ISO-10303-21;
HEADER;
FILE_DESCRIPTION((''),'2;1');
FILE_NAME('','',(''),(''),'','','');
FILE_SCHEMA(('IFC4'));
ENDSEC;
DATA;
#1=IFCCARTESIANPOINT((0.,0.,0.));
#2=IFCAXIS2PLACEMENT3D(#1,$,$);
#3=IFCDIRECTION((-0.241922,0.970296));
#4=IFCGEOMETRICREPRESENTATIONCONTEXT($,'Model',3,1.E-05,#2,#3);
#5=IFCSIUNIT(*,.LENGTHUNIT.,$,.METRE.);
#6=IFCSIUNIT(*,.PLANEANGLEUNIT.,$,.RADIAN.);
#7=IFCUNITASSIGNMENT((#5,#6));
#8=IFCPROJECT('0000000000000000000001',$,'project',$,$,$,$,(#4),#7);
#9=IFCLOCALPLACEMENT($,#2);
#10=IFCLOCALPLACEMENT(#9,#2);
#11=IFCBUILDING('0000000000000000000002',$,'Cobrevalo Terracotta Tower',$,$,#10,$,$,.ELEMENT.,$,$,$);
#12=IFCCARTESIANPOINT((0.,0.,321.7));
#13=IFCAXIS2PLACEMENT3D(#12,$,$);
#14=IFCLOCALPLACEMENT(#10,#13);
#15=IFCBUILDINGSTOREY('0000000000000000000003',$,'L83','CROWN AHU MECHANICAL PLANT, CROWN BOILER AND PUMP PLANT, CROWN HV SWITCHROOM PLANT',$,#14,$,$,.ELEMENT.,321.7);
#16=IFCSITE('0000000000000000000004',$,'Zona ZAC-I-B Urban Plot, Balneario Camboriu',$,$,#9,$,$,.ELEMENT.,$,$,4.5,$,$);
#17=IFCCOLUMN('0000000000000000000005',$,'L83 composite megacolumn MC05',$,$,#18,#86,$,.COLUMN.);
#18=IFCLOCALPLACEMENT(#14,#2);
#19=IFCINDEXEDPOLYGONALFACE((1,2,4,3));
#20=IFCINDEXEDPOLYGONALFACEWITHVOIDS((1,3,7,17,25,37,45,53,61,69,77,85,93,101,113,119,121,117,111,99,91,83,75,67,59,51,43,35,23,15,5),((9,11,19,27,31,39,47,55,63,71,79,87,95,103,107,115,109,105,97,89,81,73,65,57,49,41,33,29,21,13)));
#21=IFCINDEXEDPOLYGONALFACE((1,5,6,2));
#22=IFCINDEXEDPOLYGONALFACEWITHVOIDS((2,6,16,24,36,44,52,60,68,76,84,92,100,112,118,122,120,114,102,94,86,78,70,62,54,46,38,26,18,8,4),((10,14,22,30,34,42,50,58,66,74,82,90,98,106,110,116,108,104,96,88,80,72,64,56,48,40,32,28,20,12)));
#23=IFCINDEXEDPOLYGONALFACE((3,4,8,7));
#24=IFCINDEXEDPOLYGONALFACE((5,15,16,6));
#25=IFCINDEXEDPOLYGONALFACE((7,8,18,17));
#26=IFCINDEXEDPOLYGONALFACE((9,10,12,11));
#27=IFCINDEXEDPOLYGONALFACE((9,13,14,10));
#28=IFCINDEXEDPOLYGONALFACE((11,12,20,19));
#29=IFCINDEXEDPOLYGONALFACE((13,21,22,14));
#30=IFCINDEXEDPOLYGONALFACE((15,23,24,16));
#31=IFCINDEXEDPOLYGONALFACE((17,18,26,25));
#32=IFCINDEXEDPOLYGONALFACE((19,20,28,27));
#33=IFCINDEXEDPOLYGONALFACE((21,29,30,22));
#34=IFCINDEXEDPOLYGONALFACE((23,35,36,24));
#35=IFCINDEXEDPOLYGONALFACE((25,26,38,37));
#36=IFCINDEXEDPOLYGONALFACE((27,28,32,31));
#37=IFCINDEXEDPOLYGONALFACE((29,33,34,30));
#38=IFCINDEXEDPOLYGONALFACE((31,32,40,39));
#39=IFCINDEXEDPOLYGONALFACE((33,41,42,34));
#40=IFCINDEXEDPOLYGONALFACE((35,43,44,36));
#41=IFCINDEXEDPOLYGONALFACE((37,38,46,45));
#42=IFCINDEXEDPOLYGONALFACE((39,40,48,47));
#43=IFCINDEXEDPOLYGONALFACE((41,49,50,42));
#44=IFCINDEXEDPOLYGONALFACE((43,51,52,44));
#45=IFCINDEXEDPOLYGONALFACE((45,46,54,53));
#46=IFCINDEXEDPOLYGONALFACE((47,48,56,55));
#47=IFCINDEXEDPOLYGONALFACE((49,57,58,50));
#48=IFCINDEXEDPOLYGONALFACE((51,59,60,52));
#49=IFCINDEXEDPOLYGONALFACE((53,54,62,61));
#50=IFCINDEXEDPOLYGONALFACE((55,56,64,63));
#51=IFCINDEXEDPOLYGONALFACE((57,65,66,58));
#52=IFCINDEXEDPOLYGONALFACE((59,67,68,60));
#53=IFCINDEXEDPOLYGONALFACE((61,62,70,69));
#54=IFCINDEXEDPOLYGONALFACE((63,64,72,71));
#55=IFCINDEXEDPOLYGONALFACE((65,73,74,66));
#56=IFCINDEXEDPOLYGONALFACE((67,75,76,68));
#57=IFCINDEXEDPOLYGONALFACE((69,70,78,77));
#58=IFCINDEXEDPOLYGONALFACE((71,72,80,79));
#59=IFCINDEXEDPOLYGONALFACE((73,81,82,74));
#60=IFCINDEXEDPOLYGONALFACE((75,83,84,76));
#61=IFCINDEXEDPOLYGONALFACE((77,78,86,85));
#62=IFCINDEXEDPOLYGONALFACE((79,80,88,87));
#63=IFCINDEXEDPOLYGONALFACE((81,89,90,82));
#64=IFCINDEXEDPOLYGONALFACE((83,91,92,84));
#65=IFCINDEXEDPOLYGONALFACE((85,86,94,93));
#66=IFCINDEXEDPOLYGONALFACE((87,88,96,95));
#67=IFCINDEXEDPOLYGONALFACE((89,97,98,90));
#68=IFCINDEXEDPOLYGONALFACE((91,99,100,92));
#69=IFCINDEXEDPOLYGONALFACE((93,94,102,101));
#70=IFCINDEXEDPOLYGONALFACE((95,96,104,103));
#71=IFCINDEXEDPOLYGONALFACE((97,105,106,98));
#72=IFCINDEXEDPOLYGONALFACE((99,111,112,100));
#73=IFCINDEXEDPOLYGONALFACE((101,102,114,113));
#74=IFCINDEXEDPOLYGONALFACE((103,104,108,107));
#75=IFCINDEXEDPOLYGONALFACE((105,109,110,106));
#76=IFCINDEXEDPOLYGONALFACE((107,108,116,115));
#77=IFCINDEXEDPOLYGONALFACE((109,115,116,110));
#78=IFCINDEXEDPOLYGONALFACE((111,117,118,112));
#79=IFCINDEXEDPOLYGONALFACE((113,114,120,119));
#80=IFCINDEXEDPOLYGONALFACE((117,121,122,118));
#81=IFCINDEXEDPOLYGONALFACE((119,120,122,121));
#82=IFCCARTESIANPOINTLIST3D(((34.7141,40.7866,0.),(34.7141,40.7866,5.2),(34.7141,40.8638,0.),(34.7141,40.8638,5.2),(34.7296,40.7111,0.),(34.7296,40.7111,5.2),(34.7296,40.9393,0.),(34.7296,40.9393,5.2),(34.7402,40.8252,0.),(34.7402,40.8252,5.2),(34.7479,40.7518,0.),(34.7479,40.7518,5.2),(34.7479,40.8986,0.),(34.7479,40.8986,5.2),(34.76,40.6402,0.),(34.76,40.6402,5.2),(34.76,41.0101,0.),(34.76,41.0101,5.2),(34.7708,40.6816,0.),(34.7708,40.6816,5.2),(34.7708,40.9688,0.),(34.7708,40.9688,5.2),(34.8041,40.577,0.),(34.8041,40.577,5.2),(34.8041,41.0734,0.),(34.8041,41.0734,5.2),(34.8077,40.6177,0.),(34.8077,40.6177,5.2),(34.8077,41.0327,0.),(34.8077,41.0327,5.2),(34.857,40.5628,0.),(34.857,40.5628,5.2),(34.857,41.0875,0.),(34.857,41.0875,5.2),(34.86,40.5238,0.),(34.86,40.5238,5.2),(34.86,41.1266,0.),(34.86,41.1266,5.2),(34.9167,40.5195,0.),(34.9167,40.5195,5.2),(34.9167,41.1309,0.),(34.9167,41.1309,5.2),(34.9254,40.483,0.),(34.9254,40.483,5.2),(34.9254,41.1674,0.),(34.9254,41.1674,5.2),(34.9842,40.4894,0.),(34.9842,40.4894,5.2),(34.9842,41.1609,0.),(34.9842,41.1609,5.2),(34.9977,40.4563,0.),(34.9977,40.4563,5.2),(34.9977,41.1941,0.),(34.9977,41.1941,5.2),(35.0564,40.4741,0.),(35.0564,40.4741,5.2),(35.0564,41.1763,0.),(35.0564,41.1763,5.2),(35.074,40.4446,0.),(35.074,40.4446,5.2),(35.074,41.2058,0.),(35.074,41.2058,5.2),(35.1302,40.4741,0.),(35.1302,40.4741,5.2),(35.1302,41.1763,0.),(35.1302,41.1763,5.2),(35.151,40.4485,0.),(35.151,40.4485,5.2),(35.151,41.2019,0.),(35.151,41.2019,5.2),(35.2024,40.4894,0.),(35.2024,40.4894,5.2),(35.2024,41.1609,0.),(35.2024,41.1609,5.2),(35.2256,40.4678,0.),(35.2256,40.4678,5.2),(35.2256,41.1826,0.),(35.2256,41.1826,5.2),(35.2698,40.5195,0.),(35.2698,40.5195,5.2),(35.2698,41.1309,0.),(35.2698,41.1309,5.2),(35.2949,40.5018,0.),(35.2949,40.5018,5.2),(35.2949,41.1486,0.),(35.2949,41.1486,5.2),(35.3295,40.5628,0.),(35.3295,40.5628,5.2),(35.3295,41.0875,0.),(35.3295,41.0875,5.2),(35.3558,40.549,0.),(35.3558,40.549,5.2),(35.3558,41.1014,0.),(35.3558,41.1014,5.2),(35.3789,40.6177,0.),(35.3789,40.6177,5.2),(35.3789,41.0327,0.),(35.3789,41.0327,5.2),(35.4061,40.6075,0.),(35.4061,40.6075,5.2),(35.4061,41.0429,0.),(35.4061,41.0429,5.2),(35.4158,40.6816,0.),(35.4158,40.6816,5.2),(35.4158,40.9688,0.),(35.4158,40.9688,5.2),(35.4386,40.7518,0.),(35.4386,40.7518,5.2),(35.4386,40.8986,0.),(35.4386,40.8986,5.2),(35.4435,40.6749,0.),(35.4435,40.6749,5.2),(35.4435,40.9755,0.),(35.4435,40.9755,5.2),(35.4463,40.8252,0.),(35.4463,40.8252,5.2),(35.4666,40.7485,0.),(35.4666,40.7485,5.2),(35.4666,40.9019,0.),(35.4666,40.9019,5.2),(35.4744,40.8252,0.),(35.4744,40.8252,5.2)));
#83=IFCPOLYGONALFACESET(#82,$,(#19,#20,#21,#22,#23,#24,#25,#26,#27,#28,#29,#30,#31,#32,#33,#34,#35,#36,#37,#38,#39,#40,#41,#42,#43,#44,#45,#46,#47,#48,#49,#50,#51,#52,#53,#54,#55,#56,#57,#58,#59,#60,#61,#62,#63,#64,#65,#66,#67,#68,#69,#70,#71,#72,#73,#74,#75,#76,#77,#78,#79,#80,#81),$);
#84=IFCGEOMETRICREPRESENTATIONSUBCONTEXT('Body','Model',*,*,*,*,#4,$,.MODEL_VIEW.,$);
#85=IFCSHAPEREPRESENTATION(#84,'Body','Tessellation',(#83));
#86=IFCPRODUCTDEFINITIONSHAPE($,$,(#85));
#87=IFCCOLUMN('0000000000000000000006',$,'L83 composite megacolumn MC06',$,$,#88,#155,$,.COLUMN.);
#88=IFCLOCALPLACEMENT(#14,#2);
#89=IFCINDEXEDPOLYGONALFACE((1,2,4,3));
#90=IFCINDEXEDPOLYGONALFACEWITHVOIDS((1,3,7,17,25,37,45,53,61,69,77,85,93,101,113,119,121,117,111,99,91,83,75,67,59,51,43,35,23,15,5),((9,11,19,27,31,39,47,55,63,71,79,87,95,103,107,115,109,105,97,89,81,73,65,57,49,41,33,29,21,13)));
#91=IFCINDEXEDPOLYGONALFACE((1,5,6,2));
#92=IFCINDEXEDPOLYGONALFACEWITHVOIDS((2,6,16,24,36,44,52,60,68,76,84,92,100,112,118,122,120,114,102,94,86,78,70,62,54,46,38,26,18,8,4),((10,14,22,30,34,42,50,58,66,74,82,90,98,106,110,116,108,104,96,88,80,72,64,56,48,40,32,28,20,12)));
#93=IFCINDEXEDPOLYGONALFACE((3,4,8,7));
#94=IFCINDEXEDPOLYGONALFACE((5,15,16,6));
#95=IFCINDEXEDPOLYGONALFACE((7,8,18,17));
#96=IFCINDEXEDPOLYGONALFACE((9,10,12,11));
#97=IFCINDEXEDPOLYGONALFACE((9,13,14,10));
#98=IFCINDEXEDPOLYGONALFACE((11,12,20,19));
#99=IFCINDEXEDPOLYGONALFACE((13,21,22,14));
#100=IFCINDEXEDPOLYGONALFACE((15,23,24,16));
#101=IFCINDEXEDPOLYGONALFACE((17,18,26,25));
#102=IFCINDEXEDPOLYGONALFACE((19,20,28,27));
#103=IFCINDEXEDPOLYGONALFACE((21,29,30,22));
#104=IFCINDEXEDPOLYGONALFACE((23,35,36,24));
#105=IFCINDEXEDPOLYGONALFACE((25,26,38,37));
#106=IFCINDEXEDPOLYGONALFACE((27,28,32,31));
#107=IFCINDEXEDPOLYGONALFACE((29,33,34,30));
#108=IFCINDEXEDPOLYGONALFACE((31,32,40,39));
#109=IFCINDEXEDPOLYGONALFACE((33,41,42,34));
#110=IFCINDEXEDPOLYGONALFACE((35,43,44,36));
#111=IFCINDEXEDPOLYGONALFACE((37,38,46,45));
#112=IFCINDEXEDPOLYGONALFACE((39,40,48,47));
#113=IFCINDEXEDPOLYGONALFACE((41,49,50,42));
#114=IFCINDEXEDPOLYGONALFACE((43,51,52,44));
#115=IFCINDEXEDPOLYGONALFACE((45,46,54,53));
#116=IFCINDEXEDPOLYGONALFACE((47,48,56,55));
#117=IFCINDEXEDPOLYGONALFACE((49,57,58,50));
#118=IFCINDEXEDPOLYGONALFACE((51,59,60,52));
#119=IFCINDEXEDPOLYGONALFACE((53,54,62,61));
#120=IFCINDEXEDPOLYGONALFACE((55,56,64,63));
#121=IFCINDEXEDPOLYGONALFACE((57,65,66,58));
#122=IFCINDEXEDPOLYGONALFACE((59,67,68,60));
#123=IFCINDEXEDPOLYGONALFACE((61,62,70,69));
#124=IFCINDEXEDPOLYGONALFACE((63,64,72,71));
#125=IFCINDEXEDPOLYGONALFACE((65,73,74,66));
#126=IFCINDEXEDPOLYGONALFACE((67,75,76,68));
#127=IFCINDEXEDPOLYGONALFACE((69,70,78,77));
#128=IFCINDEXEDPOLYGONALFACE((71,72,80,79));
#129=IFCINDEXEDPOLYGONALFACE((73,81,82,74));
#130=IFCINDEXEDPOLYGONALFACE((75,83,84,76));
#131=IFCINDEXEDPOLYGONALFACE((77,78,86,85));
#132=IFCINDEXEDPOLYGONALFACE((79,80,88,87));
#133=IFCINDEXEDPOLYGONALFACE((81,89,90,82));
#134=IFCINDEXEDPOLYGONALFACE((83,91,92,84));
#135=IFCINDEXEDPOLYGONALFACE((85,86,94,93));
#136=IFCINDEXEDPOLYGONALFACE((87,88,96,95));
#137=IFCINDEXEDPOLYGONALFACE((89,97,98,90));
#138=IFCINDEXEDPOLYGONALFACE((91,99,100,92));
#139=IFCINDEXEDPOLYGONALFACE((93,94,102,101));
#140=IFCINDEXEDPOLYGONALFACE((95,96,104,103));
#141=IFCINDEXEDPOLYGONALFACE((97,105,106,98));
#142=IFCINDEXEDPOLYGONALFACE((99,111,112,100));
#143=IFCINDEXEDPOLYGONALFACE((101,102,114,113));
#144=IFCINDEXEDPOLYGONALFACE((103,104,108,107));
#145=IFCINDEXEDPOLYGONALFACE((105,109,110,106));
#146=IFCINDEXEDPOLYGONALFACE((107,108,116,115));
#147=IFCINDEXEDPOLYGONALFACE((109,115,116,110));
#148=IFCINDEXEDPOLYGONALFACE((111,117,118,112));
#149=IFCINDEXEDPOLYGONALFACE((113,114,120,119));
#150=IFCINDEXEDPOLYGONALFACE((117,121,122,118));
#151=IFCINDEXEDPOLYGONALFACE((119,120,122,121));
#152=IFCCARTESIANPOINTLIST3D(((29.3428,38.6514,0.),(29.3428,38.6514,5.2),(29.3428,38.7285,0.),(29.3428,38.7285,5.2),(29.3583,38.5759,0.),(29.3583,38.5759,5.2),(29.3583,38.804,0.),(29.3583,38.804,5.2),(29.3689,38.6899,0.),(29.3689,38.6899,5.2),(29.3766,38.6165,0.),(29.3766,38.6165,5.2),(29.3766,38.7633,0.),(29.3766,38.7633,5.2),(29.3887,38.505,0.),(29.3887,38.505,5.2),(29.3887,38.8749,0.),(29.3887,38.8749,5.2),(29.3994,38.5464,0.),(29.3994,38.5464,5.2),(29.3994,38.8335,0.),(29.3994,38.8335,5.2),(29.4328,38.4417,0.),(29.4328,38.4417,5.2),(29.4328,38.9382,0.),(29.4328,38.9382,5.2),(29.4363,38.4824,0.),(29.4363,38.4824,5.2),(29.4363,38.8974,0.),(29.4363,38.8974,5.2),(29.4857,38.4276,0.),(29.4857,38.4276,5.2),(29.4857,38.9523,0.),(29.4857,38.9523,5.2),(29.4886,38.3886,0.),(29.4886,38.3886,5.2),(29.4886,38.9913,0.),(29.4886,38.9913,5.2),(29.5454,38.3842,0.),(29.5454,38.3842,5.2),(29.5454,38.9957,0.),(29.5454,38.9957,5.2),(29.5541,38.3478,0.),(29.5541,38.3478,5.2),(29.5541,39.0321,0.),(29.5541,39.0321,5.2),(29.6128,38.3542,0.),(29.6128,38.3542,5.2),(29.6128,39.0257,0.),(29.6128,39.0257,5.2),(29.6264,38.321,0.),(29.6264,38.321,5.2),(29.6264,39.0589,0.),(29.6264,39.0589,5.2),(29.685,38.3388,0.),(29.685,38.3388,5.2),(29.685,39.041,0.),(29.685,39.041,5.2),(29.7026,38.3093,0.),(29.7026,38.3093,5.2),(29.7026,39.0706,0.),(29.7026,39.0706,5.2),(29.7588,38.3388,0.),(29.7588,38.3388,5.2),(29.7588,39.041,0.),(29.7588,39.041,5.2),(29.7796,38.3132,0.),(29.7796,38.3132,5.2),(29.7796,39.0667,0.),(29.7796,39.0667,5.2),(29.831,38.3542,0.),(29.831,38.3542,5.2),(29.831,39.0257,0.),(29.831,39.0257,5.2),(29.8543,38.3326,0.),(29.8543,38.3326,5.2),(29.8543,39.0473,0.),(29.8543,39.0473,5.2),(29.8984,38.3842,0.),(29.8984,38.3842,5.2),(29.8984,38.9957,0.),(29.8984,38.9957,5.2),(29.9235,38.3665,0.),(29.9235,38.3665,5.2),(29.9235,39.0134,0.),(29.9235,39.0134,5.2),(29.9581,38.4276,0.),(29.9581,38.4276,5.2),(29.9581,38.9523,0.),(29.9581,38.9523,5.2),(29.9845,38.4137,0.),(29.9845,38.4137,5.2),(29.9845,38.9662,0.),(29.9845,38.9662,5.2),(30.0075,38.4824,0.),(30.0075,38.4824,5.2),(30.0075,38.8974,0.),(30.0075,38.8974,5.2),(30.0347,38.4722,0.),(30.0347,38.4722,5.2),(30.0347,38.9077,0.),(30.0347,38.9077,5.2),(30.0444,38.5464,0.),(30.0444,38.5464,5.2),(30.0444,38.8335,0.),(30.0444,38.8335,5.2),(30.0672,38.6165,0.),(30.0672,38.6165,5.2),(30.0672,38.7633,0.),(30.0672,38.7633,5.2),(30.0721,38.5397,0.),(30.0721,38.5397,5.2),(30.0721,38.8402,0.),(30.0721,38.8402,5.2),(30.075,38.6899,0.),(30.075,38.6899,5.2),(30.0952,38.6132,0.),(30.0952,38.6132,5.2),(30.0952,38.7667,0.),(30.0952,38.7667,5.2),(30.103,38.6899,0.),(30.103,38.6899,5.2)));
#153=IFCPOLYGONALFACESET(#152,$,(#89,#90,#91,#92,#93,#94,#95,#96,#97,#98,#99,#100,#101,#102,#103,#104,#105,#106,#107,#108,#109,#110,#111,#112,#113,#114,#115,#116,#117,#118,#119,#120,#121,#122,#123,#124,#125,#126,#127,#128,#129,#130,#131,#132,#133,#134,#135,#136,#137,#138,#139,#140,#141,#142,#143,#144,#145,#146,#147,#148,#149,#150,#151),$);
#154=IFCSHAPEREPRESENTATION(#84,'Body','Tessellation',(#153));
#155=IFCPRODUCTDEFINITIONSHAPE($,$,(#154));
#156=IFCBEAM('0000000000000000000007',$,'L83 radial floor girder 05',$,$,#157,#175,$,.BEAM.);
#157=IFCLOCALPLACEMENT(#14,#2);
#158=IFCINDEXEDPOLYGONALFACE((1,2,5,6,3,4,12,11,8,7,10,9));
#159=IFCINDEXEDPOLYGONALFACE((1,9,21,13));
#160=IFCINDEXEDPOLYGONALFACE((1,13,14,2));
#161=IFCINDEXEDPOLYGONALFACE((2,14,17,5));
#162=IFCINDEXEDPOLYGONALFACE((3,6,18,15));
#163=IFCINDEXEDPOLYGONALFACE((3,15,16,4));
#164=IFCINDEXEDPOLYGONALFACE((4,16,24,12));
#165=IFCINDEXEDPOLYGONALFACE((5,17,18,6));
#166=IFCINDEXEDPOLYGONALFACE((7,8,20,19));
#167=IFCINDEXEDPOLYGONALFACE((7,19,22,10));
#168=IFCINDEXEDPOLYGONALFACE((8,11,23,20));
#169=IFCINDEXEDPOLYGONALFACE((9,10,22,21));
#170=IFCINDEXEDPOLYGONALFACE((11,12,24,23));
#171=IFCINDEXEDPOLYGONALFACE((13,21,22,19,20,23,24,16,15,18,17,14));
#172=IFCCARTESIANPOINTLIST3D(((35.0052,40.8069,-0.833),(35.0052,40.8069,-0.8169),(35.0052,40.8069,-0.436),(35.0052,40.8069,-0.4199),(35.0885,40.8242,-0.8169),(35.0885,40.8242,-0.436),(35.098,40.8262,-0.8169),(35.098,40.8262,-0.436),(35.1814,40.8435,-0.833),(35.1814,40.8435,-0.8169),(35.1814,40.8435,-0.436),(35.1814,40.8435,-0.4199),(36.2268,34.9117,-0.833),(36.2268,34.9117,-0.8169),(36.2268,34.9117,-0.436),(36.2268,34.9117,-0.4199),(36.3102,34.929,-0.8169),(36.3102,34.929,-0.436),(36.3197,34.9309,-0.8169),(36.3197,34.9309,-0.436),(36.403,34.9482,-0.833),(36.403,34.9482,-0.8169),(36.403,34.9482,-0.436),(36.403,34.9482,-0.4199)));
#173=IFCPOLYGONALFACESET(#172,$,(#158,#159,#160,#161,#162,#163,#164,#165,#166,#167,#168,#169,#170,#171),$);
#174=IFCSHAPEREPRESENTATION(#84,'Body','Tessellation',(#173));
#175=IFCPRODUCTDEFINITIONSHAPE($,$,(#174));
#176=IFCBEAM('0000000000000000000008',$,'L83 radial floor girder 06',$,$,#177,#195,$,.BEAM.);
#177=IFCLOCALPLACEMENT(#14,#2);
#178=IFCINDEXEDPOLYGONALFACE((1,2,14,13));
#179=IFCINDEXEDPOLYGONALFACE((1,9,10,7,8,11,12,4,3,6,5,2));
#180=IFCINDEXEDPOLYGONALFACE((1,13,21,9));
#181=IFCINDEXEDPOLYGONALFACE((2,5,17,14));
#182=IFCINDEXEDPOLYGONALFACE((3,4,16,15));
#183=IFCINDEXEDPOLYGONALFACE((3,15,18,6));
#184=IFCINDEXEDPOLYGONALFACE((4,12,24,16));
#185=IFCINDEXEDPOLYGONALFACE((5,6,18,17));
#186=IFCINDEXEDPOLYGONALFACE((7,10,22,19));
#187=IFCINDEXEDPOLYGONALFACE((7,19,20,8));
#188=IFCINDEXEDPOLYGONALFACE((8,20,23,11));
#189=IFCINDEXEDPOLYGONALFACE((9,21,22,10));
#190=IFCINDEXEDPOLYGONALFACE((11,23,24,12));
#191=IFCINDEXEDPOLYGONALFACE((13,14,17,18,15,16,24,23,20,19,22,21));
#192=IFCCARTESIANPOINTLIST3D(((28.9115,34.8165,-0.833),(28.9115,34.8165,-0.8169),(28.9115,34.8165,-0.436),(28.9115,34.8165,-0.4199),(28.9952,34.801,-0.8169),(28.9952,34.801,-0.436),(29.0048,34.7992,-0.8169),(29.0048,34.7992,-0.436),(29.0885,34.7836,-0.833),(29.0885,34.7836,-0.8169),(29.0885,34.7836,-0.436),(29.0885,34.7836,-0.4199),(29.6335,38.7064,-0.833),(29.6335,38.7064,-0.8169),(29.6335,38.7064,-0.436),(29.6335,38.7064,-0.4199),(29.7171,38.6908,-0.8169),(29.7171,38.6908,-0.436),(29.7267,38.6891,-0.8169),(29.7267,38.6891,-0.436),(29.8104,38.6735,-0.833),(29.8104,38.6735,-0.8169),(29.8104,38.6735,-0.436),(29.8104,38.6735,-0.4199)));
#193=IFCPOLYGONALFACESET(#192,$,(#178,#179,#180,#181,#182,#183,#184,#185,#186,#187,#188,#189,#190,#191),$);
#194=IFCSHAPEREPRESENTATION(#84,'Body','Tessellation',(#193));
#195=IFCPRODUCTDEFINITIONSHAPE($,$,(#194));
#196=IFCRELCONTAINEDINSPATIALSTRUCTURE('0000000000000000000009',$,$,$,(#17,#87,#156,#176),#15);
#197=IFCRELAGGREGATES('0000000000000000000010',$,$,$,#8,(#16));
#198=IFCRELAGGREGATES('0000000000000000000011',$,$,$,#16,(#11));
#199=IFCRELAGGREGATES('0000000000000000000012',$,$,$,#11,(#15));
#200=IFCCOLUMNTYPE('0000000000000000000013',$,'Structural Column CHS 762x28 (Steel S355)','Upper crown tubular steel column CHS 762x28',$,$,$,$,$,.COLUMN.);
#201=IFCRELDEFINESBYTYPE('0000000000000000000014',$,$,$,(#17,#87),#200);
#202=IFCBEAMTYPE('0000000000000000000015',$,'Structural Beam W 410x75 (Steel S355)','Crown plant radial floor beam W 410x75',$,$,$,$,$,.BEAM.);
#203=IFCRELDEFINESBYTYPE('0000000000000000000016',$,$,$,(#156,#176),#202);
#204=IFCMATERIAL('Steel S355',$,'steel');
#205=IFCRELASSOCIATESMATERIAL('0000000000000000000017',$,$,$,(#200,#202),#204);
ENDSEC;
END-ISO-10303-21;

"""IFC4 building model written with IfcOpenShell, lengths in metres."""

from ifc_helpers import new_model, si_unit, direction, frame, origin, origin_2d, place, context, subcontext, project, spatial, hollow_circle, i_section, extrude, material, material_profile, profile_set, type_object, element, save


model = new_model("IFC4")

# Units and contexts
model_context = context("Model", 3, precision=1e-05, world=origin(), true_north=direction((-0.241922, 0.970296)))
body_context = subcontext(model_context, "Body", "Model", "MODEL_VIEW")
ifc_project = project(units=[si_unit("LENGTHUNIT", "METRE"), si_unit("PLANEANGLEUNIT", "RADIAN")], contexts=[model_context])

# Site, building, storey
site_placement = place(None, origin())
site = spatial("IfcSite", under=ifc_project, at=site_placement, Name="Zona ZAC-I-B Urban Plot, Balneario Camboriu", CompositionType="ELEMENT", RefElevation=4.5)
building_placement = place(site_placement, origin())
building = spatial("IfcBuilding", under=site, at=building_placement, Name="Cobrevalo Terracotta Tower", CompositionType="ELEMENT")
storey_placement = place(building_placement, frame((0.0, 0.0, 321.7)))
storey = spatial("IfcBuildingStorey", under=building, at=storey_placement, Name="L83", Description="CROWN AHU MECHANICAL PLANT, CROWN BOILER AND PUMP PLANT, CROWN HV SWITCHROOM PLANT", CompositionType="ELEMENT", Elevation=321.7)

# Columns
ifc_material_1 = material(Name="Steel S355", Category="steel")
ifc_material_profile_1 = material_profile(ifc_material_1, hollow_circle(Radius=0.3811, WallThickness=0.0281, at=origin_2d()), Name="CHS 762x28")
ifc_profile_set_1 = profile_set([ifc_material_profile_1], Name="Steel S355")
column_type = type_object("IfcColumnType", Name="Structural Column CHS 762x28 (Steel S355)", Description="Upper crown tubular steel column CHS 762x28", PredefinedType="COLUMN", material=ifc_profile_set_1)
for number, where, z_axis, x_axis, name in (
    (1, (35.0933, 40.8252, 0.0), (0.0, 0.0, 1.0), (1.0, 0.0, 0.0), "L83 composite megacolumn MC05"),
    (2, (29.7219, 38.6899, 0.0), (0.0, 0.0, 1.0), (1.0, 0.0, 0.0), "L83 composite megacolumn MC06"),
):
    element("IfcColumn", number, at=place(storey_placement, frame(where, z_axis=z_axis, x_axis=x_axis)), inside=storey, type_object=column_type, Name=name, PredefinedType="COLUMN", context=body_context, shape_type="SweptSolid", body=[
        extrude(hollow_circle(Radius=0.3811, WallThickness=0.0281, at=origin_2d()), origin(), (0.0, 0.0, 1.0), 5.2),
    ])

# Beams
ifc_material_profile_2 = material_profile(ifc_material_1, i_section(OverallWidth=0.1799, OverallDepth=0.4131, WebThickness=0.0098, FlangeThickness=0.0161, at=origin_2d()), Name="W 410x75")
ifc_profile_set_2 = profile_set([ifc_material_profile_2], Name="Steel S355")
beam_type_1 = type_object("IfcBeamType", Name="Structural Beam W 410x75 (Steel S355)", Description="Crown plant radial floor beam W 410x75", PredefinedType="BEAM", material=ifc_profile_set_2)
beam_1_placement = place(storey_placement, frame((35.0933, 40.8252, -0.6265), z_axis=(0.202919, -0.979195, 0.0), x_axis=(0.979195, 0.202919, 0.0)))
element("IfcBeam", 3, at=beam_1_placement, inside=storey, type_object=beam_type_1, Name="L83 radial floor girder 05", PredefinedType="BEAM", context=body_context, shape_type="SweptSolid", body=[
    extrude(i_section(OverallWidth=0.1799, OverallDepth=0.4131, WebThickness=0.0098, FlangeThickness=0.0161, at=origin_2d()), origin(), (0.0, 0.0, 1.0), 6.0205),
])
beam_2_placement = place(storey_placement, frame((29.7219, 38.6899, -0.6265), z_axis=(-0.182474, -0.983211, 0.0), x_axis=(0.983211, -0.182474, 0.0)))
element("IfcBeam", 4, at=beam_2_placement, inside=storey, type_object=beam_type_1, Name="L83 radial floor girder 06", PredefinedType="BEAM", context=body_context, shape_type="SweptSolid", body=[
    extrude(i_section(OverallWidth=0.1799, OverallDepth=0.4131, WebThickness=0.0098, FlangeThickness=0.0161, at=origin_2d()), origin(), (0.0, 0.0, 1.0), 3.9563),
])

save(model, "model.ifc")
